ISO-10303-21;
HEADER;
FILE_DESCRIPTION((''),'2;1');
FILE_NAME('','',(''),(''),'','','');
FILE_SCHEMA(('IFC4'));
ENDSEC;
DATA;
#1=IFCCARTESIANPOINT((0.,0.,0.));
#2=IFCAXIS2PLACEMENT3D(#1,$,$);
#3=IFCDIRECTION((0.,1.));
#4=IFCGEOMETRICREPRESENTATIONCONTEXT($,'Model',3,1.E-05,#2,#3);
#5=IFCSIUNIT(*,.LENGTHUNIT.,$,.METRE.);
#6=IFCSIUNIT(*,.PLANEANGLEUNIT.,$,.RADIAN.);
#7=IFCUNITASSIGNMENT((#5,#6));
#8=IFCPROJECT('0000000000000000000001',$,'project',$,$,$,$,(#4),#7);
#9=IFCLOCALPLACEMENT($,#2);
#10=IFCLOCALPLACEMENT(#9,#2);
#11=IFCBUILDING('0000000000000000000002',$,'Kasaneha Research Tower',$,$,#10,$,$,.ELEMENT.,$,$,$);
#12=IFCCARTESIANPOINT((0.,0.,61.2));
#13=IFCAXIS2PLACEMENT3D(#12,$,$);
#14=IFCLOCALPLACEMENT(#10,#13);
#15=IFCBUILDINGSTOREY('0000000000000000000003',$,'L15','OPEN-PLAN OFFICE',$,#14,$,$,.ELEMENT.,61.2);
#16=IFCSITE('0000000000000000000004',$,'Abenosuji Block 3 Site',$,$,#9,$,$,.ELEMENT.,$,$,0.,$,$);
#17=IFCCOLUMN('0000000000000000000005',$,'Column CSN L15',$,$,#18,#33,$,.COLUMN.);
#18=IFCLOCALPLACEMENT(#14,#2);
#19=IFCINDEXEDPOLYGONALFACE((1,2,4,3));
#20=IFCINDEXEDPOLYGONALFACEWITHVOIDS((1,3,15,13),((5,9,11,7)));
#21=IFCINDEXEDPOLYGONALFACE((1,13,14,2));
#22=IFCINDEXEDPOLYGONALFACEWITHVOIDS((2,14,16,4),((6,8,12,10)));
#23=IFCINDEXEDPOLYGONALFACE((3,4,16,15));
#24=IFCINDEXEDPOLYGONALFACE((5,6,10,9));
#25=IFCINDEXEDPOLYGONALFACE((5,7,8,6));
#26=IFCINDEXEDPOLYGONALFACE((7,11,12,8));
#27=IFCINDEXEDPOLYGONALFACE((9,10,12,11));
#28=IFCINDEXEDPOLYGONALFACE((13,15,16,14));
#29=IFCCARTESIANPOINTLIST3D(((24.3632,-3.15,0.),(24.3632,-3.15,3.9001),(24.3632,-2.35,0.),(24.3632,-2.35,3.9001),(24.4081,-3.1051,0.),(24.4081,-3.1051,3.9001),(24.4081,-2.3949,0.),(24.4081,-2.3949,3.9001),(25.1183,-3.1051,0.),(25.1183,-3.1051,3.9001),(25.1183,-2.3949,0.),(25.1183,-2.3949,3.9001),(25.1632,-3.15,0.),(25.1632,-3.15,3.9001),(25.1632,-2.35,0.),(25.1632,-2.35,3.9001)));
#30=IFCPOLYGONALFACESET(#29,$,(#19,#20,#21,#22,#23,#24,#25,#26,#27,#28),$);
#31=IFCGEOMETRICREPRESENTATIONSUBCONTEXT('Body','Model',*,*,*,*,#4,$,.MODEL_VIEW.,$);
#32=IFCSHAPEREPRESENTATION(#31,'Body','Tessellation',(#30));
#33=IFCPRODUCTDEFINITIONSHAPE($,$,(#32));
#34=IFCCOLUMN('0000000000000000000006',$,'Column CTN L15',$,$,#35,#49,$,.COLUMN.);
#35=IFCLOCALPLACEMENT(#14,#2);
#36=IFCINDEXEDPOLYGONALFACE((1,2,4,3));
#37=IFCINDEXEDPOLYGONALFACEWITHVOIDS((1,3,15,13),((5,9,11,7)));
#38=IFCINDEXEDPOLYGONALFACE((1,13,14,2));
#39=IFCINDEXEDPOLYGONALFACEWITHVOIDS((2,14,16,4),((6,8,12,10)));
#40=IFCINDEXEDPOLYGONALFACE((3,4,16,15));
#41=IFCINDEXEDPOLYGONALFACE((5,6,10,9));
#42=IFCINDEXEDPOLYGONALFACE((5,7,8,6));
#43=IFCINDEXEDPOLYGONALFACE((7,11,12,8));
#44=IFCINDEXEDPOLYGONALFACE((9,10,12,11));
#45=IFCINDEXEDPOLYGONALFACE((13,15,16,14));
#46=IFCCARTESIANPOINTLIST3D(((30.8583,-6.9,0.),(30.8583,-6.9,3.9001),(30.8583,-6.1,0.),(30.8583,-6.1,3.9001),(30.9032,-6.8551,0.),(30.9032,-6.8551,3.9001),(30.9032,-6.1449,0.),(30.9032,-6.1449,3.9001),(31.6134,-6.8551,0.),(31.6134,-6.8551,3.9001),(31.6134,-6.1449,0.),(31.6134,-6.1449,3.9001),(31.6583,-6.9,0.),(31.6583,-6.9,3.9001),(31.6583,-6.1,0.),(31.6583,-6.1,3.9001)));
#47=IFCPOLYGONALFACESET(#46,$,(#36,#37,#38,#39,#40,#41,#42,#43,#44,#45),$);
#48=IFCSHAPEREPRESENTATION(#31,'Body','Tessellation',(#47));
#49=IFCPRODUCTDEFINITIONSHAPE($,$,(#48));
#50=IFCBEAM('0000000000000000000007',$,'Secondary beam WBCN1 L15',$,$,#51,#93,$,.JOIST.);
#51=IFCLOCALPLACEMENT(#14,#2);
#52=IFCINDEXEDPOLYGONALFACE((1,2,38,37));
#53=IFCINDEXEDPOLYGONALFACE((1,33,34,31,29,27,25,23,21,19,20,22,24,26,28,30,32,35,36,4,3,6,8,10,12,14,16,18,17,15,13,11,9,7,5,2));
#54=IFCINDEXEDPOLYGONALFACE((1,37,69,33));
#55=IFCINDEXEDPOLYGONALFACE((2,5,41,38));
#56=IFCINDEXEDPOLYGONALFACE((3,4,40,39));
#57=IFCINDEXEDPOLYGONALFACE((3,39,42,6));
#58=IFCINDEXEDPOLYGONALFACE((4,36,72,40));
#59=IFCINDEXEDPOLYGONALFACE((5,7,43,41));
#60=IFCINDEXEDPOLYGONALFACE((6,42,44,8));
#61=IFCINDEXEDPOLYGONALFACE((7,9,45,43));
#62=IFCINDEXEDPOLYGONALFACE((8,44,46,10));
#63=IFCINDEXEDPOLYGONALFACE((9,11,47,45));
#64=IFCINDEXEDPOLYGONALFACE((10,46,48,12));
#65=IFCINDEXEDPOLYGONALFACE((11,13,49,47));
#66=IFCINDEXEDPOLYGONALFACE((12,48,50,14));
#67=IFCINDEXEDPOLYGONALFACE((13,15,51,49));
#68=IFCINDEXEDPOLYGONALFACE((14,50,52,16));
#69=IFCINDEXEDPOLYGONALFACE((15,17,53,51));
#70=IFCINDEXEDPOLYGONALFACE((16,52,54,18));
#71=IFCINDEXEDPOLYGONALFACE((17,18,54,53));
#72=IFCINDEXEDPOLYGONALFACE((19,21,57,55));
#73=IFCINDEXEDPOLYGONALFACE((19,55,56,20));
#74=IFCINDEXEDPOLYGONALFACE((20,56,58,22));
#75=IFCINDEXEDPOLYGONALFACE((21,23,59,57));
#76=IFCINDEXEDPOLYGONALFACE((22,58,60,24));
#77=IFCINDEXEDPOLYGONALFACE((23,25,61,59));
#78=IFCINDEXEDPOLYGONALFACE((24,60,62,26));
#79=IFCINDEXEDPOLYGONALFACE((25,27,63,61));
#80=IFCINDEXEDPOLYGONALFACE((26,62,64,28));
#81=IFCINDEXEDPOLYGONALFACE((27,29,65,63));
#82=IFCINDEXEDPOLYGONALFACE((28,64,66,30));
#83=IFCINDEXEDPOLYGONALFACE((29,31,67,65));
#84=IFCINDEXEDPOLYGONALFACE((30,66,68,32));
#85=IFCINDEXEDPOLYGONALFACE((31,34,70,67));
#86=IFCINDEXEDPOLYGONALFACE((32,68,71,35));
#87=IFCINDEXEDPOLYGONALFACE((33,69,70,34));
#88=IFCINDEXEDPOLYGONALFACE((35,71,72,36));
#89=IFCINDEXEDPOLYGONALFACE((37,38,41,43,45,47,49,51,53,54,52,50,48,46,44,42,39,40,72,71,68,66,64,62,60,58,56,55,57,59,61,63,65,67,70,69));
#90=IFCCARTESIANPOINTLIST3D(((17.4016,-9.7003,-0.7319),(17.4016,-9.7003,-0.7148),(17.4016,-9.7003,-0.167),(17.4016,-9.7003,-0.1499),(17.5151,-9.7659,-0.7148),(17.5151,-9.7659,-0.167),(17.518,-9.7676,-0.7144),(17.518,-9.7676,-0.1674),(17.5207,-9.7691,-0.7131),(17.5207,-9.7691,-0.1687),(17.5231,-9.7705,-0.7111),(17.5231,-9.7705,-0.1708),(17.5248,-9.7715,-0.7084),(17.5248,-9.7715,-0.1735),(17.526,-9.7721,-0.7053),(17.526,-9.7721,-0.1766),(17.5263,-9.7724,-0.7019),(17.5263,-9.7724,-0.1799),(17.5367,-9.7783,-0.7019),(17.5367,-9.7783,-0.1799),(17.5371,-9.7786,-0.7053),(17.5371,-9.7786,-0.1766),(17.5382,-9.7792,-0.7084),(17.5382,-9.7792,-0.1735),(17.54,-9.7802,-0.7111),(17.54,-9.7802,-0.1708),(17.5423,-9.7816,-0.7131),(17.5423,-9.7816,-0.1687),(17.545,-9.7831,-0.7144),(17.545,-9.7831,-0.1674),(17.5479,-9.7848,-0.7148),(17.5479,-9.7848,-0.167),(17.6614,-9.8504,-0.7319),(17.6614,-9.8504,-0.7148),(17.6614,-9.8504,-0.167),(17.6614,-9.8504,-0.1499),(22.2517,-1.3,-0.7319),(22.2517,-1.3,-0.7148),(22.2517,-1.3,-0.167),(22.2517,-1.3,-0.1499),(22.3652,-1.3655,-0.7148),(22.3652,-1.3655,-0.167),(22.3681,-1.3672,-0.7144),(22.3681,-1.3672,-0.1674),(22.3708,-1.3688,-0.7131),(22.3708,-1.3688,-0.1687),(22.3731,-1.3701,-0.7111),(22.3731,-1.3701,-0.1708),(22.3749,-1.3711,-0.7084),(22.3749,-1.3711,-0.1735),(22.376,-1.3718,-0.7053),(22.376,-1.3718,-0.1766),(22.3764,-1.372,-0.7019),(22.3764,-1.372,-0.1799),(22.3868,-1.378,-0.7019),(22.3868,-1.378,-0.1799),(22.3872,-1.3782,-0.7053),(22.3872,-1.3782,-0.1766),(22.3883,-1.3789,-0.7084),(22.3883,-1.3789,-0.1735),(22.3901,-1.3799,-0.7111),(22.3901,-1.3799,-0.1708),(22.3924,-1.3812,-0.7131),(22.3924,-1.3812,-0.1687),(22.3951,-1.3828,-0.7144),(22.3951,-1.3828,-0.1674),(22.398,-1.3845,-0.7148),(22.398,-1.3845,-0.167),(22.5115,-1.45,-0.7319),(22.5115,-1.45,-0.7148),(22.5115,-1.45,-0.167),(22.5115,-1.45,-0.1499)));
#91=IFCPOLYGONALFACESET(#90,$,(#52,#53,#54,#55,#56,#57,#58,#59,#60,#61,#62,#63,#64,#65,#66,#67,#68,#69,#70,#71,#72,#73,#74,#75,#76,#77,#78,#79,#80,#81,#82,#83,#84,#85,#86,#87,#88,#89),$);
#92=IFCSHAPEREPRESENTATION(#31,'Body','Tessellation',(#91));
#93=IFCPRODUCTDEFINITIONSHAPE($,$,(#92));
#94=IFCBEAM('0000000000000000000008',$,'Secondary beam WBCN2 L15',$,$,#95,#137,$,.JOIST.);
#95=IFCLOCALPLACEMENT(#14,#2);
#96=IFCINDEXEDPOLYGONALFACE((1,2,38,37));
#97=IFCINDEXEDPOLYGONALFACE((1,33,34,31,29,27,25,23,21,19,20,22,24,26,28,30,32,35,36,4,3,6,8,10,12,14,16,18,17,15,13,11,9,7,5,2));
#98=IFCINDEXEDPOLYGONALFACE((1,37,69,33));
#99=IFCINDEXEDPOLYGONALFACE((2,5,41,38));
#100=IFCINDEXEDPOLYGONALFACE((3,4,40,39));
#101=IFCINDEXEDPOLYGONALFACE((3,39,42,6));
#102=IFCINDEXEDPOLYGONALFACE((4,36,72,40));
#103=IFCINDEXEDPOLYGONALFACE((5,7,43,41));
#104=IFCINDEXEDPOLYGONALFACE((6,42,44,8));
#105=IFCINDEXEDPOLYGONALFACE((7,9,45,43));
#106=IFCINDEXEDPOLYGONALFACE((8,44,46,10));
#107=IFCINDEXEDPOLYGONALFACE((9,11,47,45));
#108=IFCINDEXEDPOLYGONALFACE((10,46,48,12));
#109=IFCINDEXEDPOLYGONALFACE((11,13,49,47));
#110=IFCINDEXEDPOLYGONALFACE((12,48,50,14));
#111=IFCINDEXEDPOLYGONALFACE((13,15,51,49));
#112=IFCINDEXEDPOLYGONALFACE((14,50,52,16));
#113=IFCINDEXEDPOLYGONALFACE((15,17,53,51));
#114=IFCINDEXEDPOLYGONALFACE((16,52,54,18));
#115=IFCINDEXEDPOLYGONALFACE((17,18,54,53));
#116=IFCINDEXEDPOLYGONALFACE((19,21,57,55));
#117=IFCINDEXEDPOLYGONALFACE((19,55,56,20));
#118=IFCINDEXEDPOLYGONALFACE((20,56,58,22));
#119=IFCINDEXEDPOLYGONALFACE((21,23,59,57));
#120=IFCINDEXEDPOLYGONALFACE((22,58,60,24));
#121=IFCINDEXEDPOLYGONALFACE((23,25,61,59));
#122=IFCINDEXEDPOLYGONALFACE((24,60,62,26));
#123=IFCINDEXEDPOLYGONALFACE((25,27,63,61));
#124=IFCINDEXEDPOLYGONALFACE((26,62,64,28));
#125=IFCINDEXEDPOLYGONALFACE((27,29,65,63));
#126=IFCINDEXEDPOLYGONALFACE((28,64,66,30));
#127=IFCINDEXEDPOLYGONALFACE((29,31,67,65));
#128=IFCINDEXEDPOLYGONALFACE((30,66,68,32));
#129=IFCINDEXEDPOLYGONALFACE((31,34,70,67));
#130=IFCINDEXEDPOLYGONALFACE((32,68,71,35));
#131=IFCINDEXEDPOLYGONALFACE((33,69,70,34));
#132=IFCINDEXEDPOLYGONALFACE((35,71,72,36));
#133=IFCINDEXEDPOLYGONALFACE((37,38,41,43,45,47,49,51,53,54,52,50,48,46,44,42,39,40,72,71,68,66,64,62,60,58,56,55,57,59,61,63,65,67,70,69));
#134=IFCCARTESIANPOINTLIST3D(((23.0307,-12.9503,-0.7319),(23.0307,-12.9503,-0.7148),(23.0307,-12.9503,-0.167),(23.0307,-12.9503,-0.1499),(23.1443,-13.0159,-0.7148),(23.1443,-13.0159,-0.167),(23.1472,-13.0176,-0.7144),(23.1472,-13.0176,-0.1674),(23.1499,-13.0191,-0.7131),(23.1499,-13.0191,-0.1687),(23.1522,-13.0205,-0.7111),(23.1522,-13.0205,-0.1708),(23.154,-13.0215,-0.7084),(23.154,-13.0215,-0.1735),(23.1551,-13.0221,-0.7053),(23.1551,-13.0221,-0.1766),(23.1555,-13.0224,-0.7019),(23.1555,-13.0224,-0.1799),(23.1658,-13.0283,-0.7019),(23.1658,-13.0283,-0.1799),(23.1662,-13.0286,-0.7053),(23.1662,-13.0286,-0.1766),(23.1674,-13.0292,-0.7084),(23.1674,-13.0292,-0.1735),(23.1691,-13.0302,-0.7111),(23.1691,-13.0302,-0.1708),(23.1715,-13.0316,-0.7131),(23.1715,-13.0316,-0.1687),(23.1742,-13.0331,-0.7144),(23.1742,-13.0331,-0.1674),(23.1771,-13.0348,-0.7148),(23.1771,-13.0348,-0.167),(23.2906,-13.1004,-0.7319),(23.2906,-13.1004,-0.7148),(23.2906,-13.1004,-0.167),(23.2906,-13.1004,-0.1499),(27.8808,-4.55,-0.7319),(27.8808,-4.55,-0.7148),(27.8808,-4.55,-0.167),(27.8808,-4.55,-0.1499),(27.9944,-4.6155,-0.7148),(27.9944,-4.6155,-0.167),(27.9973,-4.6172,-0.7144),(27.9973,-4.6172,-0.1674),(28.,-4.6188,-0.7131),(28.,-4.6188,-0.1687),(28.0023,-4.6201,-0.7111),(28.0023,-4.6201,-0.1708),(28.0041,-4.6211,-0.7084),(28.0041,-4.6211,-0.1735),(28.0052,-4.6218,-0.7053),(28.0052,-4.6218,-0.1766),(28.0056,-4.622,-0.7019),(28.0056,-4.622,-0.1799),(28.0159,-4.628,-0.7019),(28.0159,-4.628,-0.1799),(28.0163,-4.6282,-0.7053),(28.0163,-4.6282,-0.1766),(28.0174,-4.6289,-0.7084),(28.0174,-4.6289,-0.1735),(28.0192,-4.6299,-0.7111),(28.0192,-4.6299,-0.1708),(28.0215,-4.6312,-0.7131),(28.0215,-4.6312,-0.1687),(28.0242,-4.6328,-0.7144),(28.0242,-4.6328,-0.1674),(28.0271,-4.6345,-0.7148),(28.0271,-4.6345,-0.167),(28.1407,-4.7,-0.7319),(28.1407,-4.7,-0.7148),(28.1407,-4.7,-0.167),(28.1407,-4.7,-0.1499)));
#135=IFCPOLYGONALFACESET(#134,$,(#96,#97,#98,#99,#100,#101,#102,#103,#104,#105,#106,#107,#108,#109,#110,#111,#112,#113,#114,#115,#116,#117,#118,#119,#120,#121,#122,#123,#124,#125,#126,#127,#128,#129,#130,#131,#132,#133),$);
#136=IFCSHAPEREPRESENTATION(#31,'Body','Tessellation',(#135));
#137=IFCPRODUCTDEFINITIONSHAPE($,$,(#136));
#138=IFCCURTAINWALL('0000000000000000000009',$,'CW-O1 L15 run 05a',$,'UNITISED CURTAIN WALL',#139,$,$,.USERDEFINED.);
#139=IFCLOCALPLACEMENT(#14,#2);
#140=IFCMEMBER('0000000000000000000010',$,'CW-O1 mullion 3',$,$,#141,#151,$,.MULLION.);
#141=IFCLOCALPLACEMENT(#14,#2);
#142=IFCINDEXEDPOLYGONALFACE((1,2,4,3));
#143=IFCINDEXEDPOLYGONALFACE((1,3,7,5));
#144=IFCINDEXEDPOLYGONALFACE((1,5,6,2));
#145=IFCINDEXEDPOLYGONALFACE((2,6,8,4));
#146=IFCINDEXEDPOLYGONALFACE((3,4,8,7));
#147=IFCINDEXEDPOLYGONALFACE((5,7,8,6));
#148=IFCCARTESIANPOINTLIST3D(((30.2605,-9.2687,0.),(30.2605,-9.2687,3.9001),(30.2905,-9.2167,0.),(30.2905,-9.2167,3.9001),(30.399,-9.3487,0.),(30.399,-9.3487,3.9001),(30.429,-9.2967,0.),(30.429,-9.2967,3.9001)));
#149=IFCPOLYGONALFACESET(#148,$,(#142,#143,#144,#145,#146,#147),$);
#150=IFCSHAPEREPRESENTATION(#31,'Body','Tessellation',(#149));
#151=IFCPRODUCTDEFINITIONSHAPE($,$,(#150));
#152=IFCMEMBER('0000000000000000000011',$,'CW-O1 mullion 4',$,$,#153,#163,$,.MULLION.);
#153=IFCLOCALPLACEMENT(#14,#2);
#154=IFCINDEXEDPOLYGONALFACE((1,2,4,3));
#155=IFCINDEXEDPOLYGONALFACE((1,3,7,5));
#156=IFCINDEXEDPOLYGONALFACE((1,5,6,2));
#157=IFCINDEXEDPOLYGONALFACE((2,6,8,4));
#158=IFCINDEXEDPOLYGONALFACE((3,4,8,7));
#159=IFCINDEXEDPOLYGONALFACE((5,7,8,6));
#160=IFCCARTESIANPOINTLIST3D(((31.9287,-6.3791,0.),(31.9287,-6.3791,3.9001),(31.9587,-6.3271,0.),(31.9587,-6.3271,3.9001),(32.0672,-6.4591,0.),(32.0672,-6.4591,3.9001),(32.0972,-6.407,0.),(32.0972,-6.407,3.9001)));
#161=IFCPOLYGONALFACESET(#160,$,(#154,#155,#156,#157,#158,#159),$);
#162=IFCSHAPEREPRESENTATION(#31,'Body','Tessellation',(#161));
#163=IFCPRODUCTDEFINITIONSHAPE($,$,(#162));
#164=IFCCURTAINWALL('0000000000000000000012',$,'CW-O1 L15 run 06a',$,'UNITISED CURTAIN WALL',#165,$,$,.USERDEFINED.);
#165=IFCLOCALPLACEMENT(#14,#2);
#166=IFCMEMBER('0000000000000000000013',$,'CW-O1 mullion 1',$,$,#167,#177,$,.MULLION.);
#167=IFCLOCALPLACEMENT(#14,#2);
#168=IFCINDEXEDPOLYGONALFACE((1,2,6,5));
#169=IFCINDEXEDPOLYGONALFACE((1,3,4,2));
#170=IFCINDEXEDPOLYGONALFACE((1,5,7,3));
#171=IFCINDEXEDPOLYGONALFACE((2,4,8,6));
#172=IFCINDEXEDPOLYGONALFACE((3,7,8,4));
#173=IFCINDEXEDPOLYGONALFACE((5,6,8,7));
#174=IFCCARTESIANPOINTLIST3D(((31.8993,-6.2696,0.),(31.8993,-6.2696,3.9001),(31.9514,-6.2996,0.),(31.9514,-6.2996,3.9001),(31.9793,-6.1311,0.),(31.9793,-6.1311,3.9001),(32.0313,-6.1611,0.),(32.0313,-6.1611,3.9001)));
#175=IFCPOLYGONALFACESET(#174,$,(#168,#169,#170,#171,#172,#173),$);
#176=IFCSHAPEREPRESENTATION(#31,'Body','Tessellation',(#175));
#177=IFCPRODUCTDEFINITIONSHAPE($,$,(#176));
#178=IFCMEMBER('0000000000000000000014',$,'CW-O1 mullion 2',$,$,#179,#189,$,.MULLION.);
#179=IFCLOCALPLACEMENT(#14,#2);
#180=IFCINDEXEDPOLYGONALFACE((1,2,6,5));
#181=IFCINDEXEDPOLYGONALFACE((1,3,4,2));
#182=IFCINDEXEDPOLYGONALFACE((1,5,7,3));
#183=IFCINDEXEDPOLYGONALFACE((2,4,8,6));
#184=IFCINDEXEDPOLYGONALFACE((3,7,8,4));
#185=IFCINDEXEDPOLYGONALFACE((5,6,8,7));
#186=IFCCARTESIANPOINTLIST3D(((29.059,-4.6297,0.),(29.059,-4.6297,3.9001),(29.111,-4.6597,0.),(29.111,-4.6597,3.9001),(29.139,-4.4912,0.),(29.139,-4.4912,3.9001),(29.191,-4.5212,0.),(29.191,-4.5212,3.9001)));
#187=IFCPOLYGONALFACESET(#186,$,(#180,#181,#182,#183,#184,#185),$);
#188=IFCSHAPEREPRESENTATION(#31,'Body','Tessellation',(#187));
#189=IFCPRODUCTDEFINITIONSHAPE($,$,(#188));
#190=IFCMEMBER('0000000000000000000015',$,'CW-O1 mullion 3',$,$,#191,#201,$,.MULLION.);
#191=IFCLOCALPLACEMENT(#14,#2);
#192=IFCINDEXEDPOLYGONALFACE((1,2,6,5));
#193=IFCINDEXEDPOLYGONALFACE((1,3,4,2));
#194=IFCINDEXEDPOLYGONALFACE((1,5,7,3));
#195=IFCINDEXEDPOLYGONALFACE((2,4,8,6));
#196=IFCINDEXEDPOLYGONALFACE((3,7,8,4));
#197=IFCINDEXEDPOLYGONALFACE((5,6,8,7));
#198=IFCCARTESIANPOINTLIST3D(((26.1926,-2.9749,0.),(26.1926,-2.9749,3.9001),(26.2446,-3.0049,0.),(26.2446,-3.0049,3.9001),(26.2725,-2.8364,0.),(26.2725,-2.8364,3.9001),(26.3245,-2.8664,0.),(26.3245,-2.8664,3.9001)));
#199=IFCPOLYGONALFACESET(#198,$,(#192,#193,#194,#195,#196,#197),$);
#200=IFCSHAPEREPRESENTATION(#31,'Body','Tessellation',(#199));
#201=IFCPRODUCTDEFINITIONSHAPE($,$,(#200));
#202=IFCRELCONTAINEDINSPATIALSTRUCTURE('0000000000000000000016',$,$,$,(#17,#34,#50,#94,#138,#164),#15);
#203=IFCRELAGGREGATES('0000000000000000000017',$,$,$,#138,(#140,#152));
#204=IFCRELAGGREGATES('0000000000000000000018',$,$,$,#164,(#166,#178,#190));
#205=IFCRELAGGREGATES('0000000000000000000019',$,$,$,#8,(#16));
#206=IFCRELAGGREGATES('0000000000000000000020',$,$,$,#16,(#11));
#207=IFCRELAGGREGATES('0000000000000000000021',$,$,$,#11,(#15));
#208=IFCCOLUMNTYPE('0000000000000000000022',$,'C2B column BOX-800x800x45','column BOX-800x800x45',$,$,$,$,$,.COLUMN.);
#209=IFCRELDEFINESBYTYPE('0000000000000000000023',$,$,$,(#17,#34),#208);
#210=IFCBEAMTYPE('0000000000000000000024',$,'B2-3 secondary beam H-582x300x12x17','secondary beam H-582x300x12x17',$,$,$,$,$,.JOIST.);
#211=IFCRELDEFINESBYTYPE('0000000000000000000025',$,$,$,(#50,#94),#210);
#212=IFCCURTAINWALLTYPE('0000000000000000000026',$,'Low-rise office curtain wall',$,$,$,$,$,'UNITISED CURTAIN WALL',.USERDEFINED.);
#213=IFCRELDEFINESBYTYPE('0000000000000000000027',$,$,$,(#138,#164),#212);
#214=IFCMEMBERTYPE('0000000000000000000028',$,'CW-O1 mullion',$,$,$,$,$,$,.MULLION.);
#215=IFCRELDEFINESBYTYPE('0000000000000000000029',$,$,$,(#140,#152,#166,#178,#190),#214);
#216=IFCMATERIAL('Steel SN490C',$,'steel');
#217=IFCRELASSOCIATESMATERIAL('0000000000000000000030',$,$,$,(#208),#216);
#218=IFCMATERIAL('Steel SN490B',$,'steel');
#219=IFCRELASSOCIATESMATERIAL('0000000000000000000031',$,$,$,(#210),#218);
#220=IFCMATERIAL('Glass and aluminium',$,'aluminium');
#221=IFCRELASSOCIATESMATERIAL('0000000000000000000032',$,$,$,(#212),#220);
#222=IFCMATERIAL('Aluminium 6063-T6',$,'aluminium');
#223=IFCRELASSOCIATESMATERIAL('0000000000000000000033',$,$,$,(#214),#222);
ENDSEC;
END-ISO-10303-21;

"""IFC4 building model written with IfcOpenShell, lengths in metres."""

from ifc_helpers import new_model, si_unit, direction, frame, origin, origin_2d, place, context, subcontext, project, spatial, rectangle, hollow_rectangle, i_section, extrude, material, material_profile, profile_set, type_object, element, aggregate, save


model = new_model("IFC4")

# Units and contexts
model_context = context("Model", 3, precision=1e-05, world=origin(), true_north=direction((0.0, 1.0)))
body_context = subcontext(model_context, "Body", "Model", "MODEL_VIEW")
ifc_project = project(units=[si_unit("LENGTHUNIT", "METRE"), si_unit("PLANEANGLEUNIT", "RADIAN")], contexts=[model_context])

# Site, building, storey
site_placement = place(None, origin())
site = spatial("IfcSite", under=ifc_project, at=site_placement, Name="Abenosuji Block 3 Site", CompositionType="ELEMENT", RefElevation=0.0)
building_placement = place(site_placement, origin())
building = spatial("IfcBuilding", under=site, at=building_placement, Name="Kasaneha Research Tower", CompositionType="ELEMENT")
storey_placement = place(building_placement, frame((0.0, 0.0, 61.2)))
storey = spatial("IfcBuildingStorey", under=building, at=storey_placement, Name="L15", Description="OPEN-PLAN OFFICE", CompositionType="ELEMENT", Elevation=61.2)

# Columns
ifc_material_1 = material(Name="Steel SN490C", Category="steel")
ifc_material_profile_1 = material_profile(ifc_material_1, hollow_rectangle(XDim=0.8, YDim=0.8, WallThickness=0.0449, at=origin_2d()), Name="BOX-800x800x45")
ifc_profile_set_1 = profile_set([ifc_material_profile_1], Name="Steel SN490C")
column_type = type_object("IfcColumnType", Name="C2B column BOX-800x800x45", Description="column BOX-800x800x45", PredefinedType="COLUMN", material=ifc_profile_set_1)
for number, where, z_axis, x_axis, name in (
    (1, (24.7632, -2.75, 0.0), (0.0, 0.0, 1.0), (1.0, 0.0, 0.0), "Column CSN L15"),
    (2, (31.2583, -6.5, 0.0), (0.0, 0.0, 1.0), (1.0, 0.0, 0.0), "Column CTN L15"),
):
    element("IfcColumn", number, at=place(storey_placement, frame(where, z_axis=z_axis, x_axis=x_axis)), inside=storey, type_object=column_type, Name=name, PredefinedType="COLUMN", context=body_context, shape_type="SweptSolid", body=[
        extrude(hollow_rectangle(XDim=0.8, YDim=0.8, WallThickness=0.0449, at=origin_2d()), origin(), (0.0, 0.0, 1.0), 3.9001),
    ])

# Beams
ifc_material_2 = material(Name="Steel SN490B", Category="steel")
ifc_material_profile_2 = material_profile(ifc_material_2, i_section(OverallWidth=0.3, OverallDepth=0.582, WebThickness=0.012, FlangeThickness=0.0171, FilletRadius=0.0129, at=origin_2d()), Name="H-582x300x12x17")
ifc_profile_set_2 = profile_set([ifc_material_profile_2], Name="Steel SN490B")
beam_type_1 = type_object("IfcBeamType", Name="B2-3 secondary beam H-582x300x12x17", Description="secondary beam H-582x300x12x17", PredefinedType="JOIST", material=ifc_profile_set_2)
for number, where, z_axis, x_axis, name in (
    (3, (22.3816, -1.375, -0.4409), (-0.50001, -0.86602, 0.0), (0.86602, -0.50001, 0.0), "Secondary beam WBCN1 L15"),
    (4, (28.0107, -4.625, -0.4409), (-0.50001, -0.86602, 0.0), (0.86602, -0.50001, 0.0), "Secondary beam WBCN2 L15"),
):
    element("IfcBeam", number, at=place(storey_placement, frame(where, z_axis=z_axis, x_axis=x_axis)), inside=storey, type_object=beam_type_1, Name=name, PredefinedType="JOIST", context=body_context, shape_type="SweptSolid", body=[
        extrude(i_section(OverallWidth=0.3, OverallDepth=0.582, WebThickness=0.012, FlangeThickness=0.0171, FilletRadius=0.0129, at=origin_2d()), origin(), (0.0, 0.0, 1.0), 9.7),
    ])

# Curtain walls, members
ifc_material_3 = material(Name="Glass and aluminium", Category="aluminium")
curtain_wall_type = type_object("IfcCurtainWallType", Name="Low-rise office curtain wall", ElementType="UNITISED CURTAIN WALL", PredefinedType="USERDEFINED", material=ifc_material_3)
curtain_wall_1_placement = place(storey_placement, origin())
curtain_wall_1 = element("IfcCurtainWall", 5, at=curtain_wall_1_placement, inside=storey, type_object=curtain_wall_type, Name="CW-O1 L15 run 05a", ObjectType="UNITISED CURTAIN WALL", PredefinedType="USERDEFINED")
ifc_material_4 = material(Name="Aluminium 6063-T6", Category="aluminium")
ifc_material_profile_3 = material_profile(ifc_material_4, rectangle(XDim=0.0601, YDim=0.1599, at=origin_2d()), Name="CW-O1 mullion 60x160")
ifc_profile_set_3 = profile_set([ifc_material_profile_3], Name="Aluminium 6063-T6")
member_type_1 = type_object("IfcMemberType", Name="CW-O1 mullion", PredefinedType="MULLION", material=ifc_profile_set_3)
member_1_placement = place(storey_placement, frame((30.3447, -9.2827, 0.0), z_axis=(0.0, 0.0, 1.0), x_axis=(0.5, 0.866025, 0.0)))
member_1 = element("IfcMember", 6, at=member_1_placement, type_object=member_type_1, Name="CW-O1 mullion 3", PredefinedType="MULLION", context=body_context, shape_type="SweptSolid", body=[
    extrude(rectangle(XDim=0.0601, YDim=0.1599, at=origin_2d()), origin(), (0.0, 0.0, 1.0), 3.9001),
])
member_2_placement = place(storey_placement, frame((32.0129, -6.3931, 0.0), z_axis=(0.0, 0.0, 1.0), x_axis=(0.5, 0.866025, 0.0)))
member_2 = element("IfcMember", 7, at=member_2_placement, type_object=member_type_1, Name="CW-O1 mullion 4", PredefinedType="MULLION", context=body_context, shape_type="SweptSolid", body=[
    extrude(rectangle(XDim=0.0601, YDim=0.1599, at=origin_2d()), origin(), (0.0, 0.0, 1.0), 3.9001),
])
curtain_wall_2_placement = place(storey_placement, origin())
curtain_wall_2 = element("IfcCurtainWall", 8, at=curtain_wall_2_placement, inside=storey, type_object=curtain_wall_type, Name="CW-O1 L15 run 06a", ObjectType="UNITISED CURTAIN WALL", PredefinedType="USERDEFINED")
member_3_placement = place(storey_placement, frame((31.9653, -6.2153, 0.0), z_axis=(0.0, 0.0, 1.0), x_axis=(-0.866025, 0.5, 0.0)))
member_3 = element("IfcMember", 9, at=member_3_placement, type_object=member_type_1, Name="CW-O1 mullion 1", PredefinedType="MULLION", context=body_context, shape_type="SweptSolid", body=[
    extrude(rectangle(XDim=0.0601, YDim=0.1599, at=origin_2d()), origin(), (0.0, 0.0, 1.0), 3.9001),
])
member_4_placement = place(storey_placement, frame((29.125, -4.5754, 0.0), z_axis=(0.0, 0.0, 1.0), x_axis=(-0.866025, 0.5, 0.0)))
member_4 = element("IfcMember", 10, at=member_4_placement, type_object=member_type_1, Name="CW-O1 mullion 2", PredefinedType="MULLION", context=body_context, shape_type="SweptSolid", body=[
    extrude(rectangle(XDim=0.0601, YDim=0.1599, at=origin_2d()), origin(), (0.0, 0.0, 1.0), 3.9001),
])
member_5_placement = place(storey_placement, frame((26.2585, -2.9207, 0.0), z_axis=(0.0, 0.0, 1.0), x_axis=(-0.866025, 0.5, 0.0)))
member_5 = element("IfcMember", 11, at=member_5_placement, type_object=member_type_1, Name="CW-O1 mullion 3", PredefinedType="MULLION", context=body_context, shape_type="SweptSolid", body=[
    extrude(rectangle(XDim=0.0601, YDim=0.1599, at=origin_2d()), origin(), (0.0, 0.0, 1.0), 3.9001),
])

aggregate(curtain_wall_1, [member_1, member_2])
aggregate(curtain_wall_2, [member_3, member_4, member_5])

save(model, "model.ifc")
